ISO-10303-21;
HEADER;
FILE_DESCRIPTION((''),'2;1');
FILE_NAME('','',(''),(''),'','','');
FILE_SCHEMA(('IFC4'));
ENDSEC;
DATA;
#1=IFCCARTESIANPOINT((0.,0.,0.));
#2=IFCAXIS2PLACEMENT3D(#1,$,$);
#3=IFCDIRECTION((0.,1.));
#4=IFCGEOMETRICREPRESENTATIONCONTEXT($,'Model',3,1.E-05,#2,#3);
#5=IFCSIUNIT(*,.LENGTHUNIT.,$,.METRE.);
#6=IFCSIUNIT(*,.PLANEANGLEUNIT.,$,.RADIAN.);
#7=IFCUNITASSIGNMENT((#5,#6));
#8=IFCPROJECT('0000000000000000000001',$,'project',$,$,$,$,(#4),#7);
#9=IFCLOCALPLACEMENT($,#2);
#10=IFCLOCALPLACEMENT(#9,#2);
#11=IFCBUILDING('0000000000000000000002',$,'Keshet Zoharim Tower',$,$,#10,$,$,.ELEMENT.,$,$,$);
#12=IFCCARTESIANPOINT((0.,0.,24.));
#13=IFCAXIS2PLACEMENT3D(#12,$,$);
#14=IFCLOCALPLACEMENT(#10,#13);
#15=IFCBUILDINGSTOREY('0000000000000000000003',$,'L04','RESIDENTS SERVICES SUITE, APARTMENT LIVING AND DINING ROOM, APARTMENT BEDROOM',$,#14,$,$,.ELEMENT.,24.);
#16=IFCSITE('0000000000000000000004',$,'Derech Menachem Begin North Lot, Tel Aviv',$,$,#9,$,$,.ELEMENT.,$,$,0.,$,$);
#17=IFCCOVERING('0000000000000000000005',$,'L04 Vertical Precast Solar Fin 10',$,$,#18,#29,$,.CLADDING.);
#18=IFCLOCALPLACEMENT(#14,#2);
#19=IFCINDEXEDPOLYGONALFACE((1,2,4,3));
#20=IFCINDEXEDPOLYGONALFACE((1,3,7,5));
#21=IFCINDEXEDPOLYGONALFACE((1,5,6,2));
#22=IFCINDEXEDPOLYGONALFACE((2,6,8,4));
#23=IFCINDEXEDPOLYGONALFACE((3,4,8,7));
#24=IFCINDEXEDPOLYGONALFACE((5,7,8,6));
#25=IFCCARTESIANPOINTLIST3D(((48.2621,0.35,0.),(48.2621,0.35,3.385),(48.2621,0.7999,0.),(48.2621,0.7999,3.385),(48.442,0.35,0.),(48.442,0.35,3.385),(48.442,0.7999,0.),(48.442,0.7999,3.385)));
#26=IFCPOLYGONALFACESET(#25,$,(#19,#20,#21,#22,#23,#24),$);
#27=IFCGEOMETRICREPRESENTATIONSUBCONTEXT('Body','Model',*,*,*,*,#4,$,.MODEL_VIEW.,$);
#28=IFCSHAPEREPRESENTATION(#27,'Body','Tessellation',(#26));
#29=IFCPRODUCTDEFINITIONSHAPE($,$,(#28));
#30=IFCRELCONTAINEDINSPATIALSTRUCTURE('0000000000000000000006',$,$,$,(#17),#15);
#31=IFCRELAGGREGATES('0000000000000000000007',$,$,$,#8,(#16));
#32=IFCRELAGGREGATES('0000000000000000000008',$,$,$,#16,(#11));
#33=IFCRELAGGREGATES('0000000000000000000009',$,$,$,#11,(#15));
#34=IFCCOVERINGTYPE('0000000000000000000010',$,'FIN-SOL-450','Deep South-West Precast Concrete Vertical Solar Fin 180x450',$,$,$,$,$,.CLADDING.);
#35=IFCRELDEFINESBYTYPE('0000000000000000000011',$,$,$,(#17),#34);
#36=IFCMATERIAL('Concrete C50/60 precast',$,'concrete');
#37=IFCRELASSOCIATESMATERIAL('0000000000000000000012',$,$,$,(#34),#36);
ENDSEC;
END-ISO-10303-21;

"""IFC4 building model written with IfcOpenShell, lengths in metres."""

from ifc_helpers import new_model, si_unit, direction, frame, origin, origin_2d, place, context, subcontext, project, spatial, rectangle, extrude, material, type_object, element, save


model = new_model("IFC4")

# Units and contexts
model_context = context("Model", 3, precision=1e-05, world=origin(), true_north=direction((0.0, 1.0)))
body_context = subcontext(model_context, "Body", "Model", "MODEL_VIEW")
ifc_project = project(units=[si_unit("LENGTHUNIT", "METRE"), si_unit("PLANEANGLEUNIT", "RADIAN")], contexts=[model_context])

# Site, building, storey
site_placement = place(None, origin())
site = spatial("IfcSite", under=ifc_project, at=site_placement, Name="Derech Menachem Begin North Lot, Tel Aviv", CompositionType="ELEMENT", RefElevation=0.0)
building_placement = place(site_placement, origin())
building = spatial("IfcBuilding", under=site, at=building_placement, Name="Keshet Zoharim Tower", CompositionType="ELEMENT")
storey_placement = place(building_placement, frame((0.0, 0.0, 24.0)))
storey = spatial("IfcBuildingStorey", under=building, at=storey_placement, Name="L04", Description="RESIDENTS SERVICES SUITE, APARTMENT LIVING AND DINING ROOM, APARTMENT BEDROOM", CompositionType="ELEMENT", Elevation=24.0)

# Covering
ifc_material_1 = material(Name="Concrete C50/60 precast", Category="concrete")
covering_type = type_object("IfcCoveringType", Name="FIN-SOL-450", Description="Deep South-West Precast Concrete Vertical Solar Fin 180x450", PredefinedType="CLADDING", material=ifc_material_1)
covering_placement = place(storey_placement, frame((48.3521, 0.575, 0.0), z_axis=(0.0, 0.0, 1.0), x_axis=(-1.0, 0.0, 0.0)))
element("IfcCovering", 1, at=covering_placement, inside=storey, type_object=covering_type, Name="L04 Vertical Precast Solar Fin 10", PredefinedType="CLADDING", context=body_context, shape_type="SweptSolid", body=[
    extrude(rectangle(XDim=0.1799, YDim=0.45, at=origin_2d()), origin(), (0.0, 0.0, 1.0), 3.385),
])

save(model, "model.ifc")
